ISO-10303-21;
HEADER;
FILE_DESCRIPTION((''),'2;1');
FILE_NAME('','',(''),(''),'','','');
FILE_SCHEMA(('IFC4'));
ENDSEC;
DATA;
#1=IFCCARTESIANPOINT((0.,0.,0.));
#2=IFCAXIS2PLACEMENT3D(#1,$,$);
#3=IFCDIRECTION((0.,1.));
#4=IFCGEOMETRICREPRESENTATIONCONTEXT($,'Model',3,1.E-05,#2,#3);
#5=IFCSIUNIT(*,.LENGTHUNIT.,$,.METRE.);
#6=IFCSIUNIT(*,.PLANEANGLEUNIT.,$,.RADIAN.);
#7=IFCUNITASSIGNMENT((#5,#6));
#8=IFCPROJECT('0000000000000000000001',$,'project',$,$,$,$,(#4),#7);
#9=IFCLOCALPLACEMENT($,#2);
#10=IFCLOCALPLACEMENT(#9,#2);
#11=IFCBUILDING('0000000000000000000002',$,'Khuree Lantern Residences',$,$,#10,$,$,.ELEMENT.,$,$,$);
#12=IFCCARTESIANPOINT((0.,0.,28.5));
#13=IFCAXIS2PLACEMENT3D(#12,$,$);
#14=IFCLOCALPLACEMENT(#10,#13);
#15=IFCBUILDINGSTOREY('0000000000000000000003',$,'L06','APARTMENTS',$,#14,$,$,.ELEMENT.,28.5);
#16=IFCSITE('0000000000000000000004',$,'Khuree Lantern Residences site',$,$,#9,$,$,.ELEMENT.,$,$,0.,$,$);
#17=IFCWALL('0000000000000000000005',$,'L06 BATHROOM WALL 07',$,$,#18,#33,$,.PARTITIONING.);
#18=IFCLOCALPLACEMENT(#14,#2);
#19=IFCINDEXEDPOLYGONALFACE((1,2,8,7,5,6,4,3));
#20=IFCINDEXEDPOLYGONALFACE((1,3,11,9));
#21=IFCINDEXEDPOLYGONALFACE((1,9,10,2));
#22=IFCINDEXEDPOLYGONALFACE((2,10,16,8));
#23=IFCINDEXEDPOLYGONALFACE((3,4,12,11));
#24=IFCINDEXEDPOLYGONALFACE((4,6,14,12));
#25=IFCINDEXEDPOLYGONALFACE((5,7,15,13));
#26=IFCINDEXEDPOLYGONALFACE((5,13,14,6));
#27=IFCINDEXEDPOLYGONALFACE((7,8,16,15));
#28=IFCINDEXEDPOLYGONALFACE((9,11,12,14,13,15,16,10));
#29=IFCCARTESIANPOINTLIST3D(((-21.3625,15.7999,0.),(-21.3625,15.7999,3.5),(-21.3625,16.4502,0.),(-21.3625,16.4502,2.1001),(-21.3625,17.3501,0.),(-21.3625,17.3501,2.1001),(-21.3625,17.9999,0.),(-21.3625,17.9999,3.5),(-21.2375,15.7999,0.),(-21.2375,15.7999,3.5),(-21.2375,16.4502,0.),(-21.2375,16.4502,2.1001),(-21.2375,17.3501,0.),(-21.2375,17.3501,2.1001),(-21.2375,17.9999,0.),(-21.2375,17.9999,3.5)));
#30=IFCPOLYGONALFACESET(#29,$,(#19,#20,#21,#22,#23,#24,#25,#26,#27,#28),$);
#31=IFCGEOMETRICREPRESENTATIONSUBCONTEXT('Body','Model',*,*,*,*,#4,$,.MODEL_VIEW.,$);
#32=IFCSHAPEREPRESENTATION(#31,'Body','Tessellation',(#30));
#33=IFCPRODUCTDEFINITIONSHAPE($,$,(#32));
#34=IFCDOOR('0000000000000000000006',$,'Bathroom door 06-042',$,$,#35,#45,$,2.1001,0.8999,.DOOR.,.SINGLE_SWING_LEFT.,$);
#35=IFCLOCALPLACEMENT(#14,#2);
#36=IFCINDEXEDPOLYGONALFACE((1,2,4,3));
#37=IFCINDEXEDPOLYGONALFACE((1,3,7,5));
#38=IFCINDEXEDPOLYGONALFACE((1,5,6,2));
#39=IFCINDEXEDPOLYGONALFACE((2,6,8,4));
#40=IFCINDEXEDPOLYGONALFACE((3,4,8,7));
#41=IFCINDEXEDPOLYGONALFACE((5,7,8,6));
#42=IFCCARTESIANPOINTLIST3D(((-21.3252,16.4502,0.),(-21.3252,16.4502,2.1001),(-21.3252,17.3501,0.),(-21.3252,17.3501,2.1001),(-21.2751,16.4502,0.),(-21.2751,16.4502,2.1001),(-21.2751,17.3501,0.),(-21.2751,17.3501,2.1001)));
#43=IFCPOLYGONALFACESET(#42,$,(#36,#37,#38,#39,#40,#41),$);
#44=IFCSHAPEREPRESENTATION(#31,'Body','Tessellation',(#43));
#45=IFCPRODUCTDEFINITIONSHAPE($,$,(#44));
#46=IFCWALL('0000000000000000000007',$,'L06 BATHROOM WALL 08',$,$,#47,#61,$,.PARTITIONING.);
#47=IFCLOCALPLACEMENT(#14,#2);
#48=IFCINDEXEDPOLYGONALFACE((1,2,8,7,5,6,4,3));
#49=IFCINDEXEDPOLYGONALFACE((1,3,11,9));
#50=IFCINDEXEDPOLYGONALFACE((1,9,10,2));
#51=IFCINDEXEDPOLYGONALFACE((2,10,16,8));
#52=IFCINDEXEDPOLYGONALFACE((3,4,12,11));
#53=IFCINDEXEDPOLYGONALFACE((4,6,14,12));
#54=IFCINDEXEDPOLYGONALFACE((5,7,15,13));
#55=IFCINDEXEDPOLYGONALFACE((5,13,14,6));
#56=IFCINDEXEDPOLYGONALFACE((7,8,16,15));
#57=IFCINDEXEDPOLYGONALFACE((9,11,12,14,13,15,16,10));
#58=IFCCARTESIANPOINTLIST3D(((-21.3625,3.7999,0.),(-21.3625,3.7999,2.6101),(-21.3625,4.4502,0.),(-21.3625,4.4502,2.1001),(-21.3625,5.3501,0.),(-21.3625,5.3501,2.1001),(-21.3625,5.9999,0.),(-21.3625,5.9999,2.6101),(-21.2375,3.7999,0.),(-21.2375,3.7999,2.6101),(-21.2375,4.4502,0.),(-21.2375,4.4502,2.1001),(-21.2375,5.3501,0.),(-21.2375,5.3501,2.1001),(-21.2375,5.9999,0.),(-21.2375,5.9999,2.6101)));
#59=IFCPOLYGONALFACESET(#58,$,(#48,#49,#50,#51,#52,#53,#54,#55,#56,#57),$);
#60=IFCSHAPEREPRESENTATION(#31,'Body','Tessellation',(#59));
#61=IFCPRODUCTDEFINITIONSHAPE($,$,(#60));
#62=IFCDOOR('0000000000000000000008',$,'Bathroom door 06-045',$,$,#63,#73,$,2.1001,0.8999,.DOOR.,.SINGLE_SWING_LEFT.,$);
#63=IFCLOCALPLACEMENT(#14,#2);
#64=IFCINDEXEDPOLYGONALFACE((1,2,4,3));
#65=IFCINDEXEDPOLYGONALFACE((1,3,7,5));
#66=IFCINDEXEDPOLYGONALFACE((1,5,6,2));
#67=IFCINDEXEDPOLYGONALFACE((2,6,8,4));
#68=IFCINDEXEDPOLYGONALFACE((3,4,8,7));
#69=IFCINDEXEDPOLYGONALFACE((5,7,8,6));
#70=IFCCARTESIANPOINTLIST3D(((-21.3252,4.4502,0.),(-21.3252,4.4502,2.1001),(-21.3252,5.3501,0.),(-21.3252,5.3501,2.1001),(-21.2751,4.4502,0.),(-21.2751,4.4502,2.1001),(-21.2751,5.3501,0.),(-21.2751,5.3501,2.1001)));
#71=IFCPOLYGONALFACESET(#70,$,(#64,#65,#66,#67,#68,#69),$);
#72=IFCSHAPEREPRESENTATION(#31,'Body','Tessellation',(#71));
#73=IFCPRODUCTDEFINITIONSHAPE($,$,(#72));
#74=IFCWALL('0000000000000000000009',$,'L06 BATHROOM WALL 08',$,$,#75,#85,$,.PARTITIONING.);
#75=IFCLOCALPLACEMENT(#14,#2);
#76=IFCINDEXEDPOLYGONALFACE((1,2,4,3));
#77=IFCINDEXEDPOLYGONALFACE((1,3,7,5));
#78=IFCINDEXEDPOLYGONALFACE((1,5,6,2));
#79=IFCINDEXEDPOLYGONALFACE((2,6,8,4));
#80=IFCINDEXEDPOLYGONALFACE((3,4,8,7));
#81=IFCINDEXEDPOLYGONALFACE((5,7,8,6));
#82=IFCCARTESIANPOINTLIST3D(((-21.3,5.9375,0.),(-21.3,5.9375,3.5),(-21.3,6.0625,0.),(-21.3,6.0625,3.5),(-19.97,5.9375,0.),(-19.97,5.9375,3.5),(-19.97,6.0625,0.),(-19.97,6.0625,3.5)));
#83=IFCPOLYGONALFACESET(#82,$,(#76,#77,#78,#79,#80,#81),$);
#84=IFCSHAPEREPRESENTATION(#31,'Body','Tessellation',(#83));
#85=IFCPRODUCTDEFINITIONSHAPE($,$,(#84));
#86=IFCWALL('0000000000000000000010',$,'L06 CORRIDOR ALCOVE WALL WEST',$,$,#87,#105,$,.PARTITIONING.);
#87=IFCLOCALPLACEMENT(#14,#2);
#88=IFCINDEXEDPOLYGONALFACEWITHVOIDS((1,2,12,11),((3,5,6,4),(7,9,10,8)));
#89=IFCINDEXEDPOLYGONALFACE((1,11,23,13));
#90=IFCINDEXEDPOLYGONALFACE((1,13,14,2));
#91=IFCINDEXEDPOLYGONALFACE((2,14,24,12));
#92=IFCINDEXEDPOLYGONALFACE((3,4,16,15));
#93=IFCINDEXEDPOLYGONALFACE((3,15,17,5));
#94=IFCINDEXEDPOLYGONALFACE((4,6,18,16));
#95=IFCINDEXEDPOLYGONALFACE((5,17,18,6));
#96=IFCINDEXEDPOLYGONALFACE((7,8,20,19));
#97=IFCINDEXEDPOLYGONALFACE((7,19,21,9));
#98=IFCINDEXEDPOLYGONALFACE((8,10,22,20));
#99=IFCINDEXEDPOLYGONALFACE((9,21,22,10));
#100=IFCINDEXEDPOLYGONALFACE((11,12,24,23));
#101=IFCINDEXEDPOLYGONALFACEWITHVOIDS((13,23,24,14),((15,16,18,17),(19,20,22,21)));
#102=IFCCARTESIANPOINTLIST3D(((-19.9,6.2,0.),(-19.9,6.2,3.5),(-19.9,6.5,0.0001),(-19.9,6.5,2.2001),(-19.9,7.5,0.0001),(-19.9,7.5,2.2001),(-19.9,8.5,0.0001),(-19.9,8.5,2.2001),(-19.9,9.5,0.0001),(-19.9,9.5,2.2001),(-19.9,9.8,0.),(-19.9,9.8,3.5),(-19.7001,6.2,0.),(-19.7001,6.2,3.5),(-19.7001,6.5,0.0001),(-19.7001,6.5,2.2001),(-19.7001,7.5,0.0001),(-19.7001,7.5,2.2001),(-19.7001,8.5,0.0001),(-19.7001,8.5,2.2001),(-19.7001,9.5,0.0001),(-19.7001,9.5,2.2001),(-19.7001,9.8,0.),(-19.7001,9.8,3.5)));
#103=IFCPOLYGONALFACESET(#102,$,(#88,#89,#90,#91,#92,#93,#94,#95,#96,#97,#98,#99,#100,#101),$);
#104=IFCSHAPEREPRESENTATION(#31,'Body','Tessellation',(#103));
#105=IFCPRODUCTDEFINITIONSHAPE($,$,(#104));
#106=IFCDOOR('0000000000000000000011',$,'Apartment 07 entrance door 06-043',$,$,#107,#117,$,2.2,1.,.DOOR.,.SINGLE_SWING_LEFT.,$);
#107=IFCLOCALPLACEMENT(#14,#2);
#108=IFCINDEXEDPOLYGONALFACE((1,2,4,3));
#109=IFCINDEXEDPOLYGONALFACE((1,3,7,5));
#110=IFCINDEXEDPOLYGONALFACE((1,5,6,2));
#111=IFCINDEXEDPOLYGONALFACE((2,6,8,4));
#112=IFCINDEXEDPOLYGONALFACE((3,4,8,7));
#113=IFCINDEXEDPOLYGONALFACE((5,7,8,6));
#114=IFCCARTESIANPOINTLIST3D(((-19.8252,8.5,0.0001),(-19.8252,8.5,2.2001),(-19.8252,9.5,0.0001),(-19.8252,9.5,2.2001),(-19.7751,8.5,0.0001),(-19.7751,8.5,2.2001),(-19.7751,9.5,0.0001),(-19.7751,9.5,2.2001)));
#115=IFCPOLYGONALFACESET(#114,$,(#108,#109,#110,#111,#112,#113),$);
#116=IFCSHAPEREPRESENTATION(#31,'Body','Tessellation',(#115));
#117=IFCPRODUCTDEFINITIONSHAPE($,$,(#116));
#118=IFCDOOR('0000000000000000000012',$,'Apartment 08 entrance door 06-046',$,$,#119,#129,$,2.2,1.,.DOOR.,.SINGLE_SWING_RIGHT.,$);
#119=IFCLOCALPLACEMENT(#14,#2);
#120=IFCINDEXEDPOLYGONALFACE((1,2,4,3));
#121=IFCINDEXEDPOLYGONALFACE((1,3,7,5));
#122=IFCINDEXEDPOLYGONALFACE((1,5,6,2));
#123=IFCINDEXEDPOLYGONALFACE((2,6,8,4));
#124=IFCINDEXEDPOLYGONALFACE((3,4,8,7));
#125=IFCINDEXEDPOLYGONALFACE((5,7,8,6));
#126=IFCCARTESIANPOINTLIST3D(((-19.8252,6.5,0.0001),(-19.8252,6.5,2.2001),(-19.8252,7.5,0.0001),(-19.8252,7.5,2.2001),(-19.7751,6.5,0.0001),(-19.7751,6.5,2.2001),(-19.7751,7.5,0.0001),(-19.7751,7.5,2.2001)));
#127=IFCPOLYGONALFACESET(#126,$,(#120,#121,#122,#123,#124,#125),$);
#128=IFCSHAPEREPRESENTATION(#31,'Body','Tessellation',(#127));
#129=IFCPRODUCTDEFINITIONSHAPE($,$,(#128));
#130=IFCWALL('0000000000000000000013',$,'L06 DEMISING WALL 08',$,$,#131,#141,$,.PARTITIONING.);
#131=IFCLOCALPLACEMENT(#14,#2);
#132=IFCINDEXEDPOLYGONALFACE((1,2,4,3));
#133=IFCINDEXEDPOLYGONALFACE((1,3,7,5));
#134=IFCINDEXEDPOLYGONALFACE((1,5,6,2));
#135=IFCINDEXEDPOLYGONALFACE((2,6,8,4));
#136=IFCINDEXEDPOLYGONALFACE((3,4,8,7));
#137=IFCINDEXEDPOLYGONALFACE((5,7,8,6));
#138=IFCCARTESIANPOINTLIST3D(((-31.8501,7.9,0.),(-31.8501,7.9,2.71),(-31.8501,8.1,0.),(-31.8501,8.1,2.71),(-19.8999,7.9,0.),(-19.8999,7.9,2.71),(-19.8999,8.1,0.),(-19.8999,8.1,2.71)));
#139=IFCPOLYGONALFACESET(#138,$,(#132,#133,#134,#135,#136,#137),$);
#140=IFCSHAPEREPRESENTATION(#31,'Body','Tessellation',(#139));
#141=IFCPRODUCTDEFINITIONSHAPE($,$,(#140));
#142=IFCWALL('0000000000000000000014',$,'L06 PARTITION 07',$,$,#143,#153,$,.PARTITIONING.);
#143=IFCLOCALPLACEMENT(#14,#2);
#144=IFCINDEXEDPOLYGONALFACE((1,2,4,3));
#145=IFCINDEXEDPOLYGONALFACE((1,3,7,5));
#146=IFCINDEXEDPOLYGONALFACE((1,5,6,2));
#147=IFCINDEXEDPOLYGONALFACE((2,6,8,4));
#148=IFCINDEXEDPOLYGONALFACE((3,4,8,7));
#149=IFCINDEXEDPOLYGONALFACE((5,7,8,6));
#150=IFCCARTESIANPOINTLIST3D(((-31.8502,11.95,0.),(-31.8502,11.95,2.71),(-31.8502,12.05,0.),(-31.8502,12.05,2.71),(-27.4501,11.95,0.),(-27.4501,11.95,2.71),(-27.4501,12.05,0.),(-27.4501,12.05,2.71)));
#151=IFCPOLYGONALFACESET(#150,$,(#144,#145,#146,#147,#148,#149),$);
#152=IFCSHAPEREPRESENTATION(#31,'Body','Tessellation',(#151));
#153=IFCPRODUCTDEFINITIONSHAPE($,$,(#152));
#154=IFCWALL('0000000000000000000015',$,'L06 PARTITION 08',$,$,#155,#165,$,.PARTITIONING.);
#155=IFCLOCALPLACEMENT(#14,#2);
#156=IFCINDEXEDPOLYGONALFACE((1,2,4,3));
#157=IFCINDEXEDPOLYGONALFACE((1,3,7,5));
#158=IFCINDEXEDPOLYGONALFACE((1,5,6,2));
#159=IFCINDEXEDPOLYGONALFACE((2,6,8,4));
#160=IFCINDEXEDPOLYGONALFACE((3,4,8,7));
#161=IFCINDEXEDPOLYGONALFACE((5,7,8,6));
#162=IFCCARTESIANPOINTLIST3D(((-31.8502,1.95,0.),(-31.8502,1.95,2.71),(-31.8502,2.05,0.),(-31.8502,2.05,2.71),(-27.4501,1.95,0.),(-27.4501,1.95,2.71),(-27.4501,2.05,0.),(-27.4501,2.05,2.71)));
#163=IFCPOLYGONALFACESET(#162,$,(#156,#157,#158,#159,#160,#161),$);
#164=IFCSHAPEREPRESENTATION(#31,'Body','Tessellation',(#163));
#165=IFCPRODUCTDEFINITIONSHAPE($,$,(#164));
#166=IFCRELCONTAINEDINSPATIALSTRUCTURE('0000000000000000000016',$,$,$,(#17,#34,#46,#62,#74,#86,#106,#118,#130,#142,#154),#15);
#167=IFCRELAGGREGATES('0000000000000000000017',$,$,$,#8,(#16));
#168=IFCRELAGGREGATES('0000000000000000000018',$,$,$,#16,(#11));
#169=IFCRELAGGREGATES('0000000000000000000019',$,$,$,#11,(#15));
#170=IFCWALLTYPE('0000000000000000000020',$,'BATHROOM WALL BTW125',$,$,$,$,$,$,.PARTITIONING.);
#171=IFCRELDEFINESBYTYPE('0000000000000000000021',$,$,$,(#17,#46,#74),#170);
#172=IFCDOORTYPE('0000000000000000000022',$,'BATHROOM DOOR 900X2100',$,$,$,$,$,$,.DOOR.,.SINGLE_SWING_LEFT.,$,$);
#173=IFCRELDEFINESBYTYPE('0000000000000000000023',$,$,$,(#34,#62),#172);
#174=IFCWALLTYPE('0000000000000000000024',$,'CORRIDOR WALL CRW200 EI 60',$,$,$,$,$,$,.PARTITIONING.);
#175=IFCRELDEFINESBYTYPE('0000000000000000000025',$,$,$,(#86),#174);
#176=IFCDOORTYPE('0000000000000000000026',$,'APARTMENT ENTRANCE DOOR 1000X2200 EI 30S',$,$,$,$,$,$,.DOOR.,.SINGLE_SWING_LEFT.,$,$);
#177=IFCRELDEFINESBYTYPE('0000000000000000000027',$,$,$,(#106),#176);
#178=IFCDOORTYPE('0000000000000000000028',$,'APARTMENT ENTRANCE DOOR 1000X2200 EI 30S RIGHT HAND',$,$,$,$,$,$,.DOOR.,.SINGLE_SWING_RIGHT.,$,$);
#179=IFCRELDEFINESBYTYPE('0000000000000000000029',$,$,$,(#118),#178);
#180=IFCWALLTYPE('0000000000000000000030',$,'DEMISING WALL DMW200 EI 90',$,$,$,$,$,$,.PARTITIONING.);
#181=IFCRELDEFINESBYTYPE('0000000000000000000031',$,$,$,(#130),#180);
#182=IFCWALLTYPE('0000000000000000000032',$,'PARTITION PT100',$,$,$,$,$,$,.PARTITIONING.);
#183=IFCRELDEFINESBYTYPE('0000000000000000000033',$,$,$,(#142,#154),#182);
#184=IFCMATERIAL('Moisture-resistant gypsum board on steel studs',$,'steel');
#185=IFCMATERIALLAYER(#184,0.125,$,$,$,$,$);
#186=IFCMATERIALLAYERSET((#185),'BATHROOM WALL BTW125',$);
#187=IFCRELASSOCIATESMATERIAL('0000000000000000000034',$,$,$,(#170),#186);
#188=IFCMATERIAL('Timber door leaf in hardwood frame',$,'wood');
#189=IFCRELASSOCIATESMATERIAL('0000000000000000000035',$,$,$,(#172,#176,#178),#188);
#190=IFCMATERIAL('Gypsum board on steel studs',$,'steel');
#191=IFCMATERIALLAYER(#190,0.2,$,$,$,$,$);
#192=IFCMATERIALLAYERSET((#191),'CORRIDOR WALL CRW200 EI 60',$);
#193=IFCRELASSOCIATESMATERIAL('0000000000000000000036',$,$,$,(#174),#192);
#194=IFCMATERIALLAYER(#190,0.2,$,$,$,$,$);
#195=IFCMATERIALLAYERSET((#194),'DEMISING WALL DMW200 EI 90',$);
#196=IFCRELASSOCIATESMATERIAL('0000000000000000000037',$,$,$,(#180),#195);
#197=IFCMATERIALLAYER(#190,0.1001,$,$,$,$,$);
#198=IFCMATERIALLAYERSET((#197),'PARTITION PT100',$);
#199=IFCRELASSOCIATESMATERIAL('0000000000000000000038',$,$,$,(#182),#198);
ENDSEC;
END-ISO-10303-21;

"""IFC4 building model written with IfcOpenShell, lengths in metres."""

from ifc_helpers import new_model, si_unit, direction, frame, frame_2d, origin, place, context, subcontext, project, spatial, rectangle, extrude, material, layer, layer_set, type_object, element, fill, save


model = new_model("IFC4")

# Units and contexts
model_context = context("Model", 3, precision=1e-05, world=origin(), true_north=direction((0.0, 1.0)))
body_context = subcontext(model_context, "Body", "Model", "MODEL_VIEW")
ifc_project = project(units=[si_unit("LENGTHUNIT", "METRE"), si_unit("PLANEANGLEUNIT", "RADIAN")], contexts=[model_context])

# Site, building, storey
site_placement = place(None, origin())
site = spatial("IfcSite", under=ifc_project, at=site_placement, Name="Khuree Lantern Residences site", CompositionType="ELEMENT", RefElevation=0.0)
building_placement = place(site_placement, origin())
building = spatial("IfcBuilding", under=site, at=building_placement, Name="Khuree Lantern Residences", CompositionType="ELEMENT")
storey_placement = place(building_placement, frame((0.0, 0.0, 28.5)))
storey = spatial("IfcBuildingStorey", under=building, at=storey_placement, Name="L06", Description="APARTMENTS", CompositionType="ELEMENT", Elevation=28.5)

# Walls, openings, doors
ifc_material_1 = material(Name="Moisture-resistant gypsum board on steel studs", Category="steel")
ifc_layer_1 = layer(ifc_material_1, 0.125)
ifc_layer_set_1 = layer_set([ifc_layer_1], Name="BATHROOM WALL BTW125")
wall_type_1 = type_object("IfcWallType", Name="BATHROOM WALL BTW125", PredefinedType="PARTITIONING", material=ifc_layer_set_1)
wall_1_placement = place(storey_placement, frame((-21.3, 18.0, 0.0), z_axis=(0.0, 0.0, 1.0), x_axis=(0.0, -1.0, 0.0)))
wall_1 = element("IfcWall", 1, at=wall_1_placement, inside=storey, type_object=wall_type_1, Name="L06 BATHROOM WALL 07", PredefinedType="PARTITIONING", context=body_context, shape_type="SweptSolid", body=[
    extrude(rectangle(XDim=2.2, YDim=0.125, at=frame_2d((1.1001, 0.0))), origin(), (0.0, 0.0, 1.0), 3.5),
])
opening_1_placement = place(wall_1_placement, frame((0.6499, 0.0, 0.0)))
opening_1 = element("IfcOpeningElement", 2, at=opening_1_placement, cuts=wall_1, PredefinedType="OPENING", context=body_context, shape_type="SweptSolid", body=[
    extrude(rectangle(XDim=0.8999, YDim=2.1001, at=frame_2d((0.45, 1.05))), frame((0.0, 0.0725, 0.0), z_axis=(0.0, -1.0, 0.0), x_axis=(1.0, 0.0, 0.0)), (0.0, 0.0, 1.0), 0.145),
])
ifc_material_2 = material(Name="Timber door leaf in hardwood frame", Category="wood")
door_type_1 = type_object("IfcDoorType", Name="BATHROOM DOOR 900X2100", OperationType="SINGLE_SWING_LEFT", PredefinedType="DOOR", material=ifc_material_2)
door_1_placement = place(opening_1_placement, origin())
door_1 = element("IfcDoor", 3, at=door_1_placement, inside=storey, type_object=door_type_1, Name="Bathroom door 06-042", OperationType="SINGLE_SWING_LEFT", OverallHeight=2.1001, OverallWidth=0.8999, PredefinedType="DOOR", context=body_context, shape_type="SweptSolid", body=[
    extrude(rectangle(XDim=0.8999, YDim=2.1001, at=frame_2d((0.45, 1.05))), frame((0.0, 0.0249, 0.0), z_axis=(0.0, -1.0, 0.0), x_axis=(1.0, 0.0, 0.0)), (0.0, 0.0, 1.0), 0.05),
])
fill(opening_1, door_1)
wall_2_placement = place(storey_placement, frame((-21.3, 6.0, 0.0), z_axis=(0.0, 0.0, 1.0), x_axis=(0.0, -1.0, 0.0)))
wall_2 = element("IfcWall", 4, at=wall_2_placement, inside=storey, type_object=wall_type_1, Name="L06 BATHROOM WALL 08", PredefinedType="PARTITIONING", context=body_context, shape_type="SweptSolid", body=[
    extrude(rectangle(XDim=2.2, YDim=0.125, at=frame_2d((1.1001, 0.0))), origin(), (0.0, 0.0, 1.0), 2.6101),
])
opening_2_placement = place(wall_2_placement, frame((0.6499, 0.0, 0.0)))
opening_2 = element("IfcOpeningElement", 5, at=opening_2_placement, cuts=wall_2, PredefinedType="OPENING", context=body_context, shape_type="SweptSolid", body=[
    extrude(rectangle(XDim=0.8999, YDim=2.1001, at=frame_2d((0.45, 1.05))), frame((0.0, 0.0725, 0.0), z_axis=(0.0, -1.0, 0.0), x_axis=(1.0, 0.0, 0.0)), (0.0, 0.0, 1.0), 0.145),
])
door_2_placement = place(opening_2_placement, origin())
door_2 = element("IfcDoor", 6, at=door_2_placement, inside=storey, type_object=door_type_1, Name="Bathroom door 06-045", OperationType="SINGLE_SWING_LEFT", OverallHeight=2.1001, OverallWidth=0.8999, PredefinedType="DOOR", context=body_context, shape_type="SweptSolid", body=[
    extrude(rectangle(XDim=0.8999, YDim=2.1001, at=frame_2d((0.45, 1.05))), frame((0.0, 0.0249, 0.0), z_axis=(0.0, -1.0, 0.0), x_axis=(1.0, 0.0, 0.0)), (0.0, 0.0, 1.0), 0.05),
])
fill(opening_2, door_2)

# Wall
wall_3_placement = place(storey_placement, frame((-19.97, 6.0, 0.0), z_axis=(0.0, 0.0, 1.0), x_axis=(-1.0, 0.0, 0.0)))
element("IfcWall", 7, at=wall_3_placement, inside=storey, type_object=wall_type_1, Name="L06 BATHROOM WALL 08", PredefinedType="PARTITIONING", context=body_context, shape_type="SweptSolid", body=[
    extrude(rectangle(XDim=1.3301, YDim=0.125, at=frame_2d((0.665, 0.0))), origin(), (0.0, 0.0, 1.0), 3.5),
])

# Wall, openings, doors
ifc_material_3 = material(Name="Gypsum board on steel studs", Category="steel")
ifc_layer_2 = layer(ifc_material_3, 0.2)
ifc_layer_set_2 = layer_set([ifc_layer_2], Name="CORRIDOR WALL CRW200 EI 60")
wall_type_2 = type_object("IfcWallType", Name="CORRIDOR WALL CRW200 EI 60", PredefinedType="PARTITIONING", material=ifc_layer_set_2)
wall_4_placement = place(storey_placement, frame((-19.8, 9.8, 0.0), z_axis=(0.0, 0.0, 1.0), x_axis=(0.0, -1.0, 0.0)))
wall_4 = element("IfcWall", 8, at=wall_4_placement, inside=storey, type_object=wall_type_2, Name="L06 CORRIDOR ALCOVE WALL WEST", PredefinedType="PARTITIONING", context=body_context, shape_type="SweptSolid", body=[
    extrude(rectangle(XDim=3.6001, YDim=0.2, at=frame_2d((1.8, 0.0))), origin(), (0.0, 0.0, 1.0), 3.5),
])
opening_3_placement = place(wall_4_placement, frame((0.3, 0.0, 0.0)))
opening_3 = element("IfcOpeningElement", 9, at=opening_3_placement, cuts=wall_4, PredefinedType="OPENING", context=body_context, shape_type="SweptSolid", body=[
    extrude(rectangle(XDim=1.0, YDim=2.2, at=frame_2d((0.5, 1.1001))), frame((0.0, 0.1099, 0.0), z_axis=(0.0, -1.0, 0.0), x_axis=(1.0, 0.0, 0.0)), (0.0, 0.0, 1.0), 0.22),
])
opening_4_placement = place(wall_4_placement, frame((2.3, 0.0, 0.0)))
opening_4 = element("IfcOpeningElement", 10, at=opening_4_placement, cuts=wall_4, PredefinedType="OPENING", context=body_context, shape_type="SweptSolid", body=[
    extrude(rectangle(XDim=1.0, YDim=2.2, at=frame_2d((0.5, 1.1001))), frame((0.0, 0.1099, 0.0), z_axis=(0.0, -1.0, 0.0), x_axis=(1.0, 0.0, 0.0)), (0.0, 0.0, 1.0), 0.22),
])
door_type_2 = type_object("IfcDoorType", Name="APARTMENT ENTRANCE DOOR 1000X2200 EI 30S", OperationType="SINGLE_SWING_LEFT", PredefinedType="DOOR", material=ifc_material_2)
door_3_placement = place(opening_3_placement, origin())
door_3 = element("IfcDoor", 11, at=door_3_placement, inside=storey, type_object=door_type_2, Name="Apartment 07 entrance door 06-043", OperationType="SINGLE_SWING_LEFT", OverallHeight=2.2, OverallWidth=1.0, PredefinedType="DOOR", context=body_context, shape_type="SweptSolid", body=[
    extrude(rectangle(XDim=1.0, YDim=2.2, at=frame_2d((0.5, 1.1001))), frame((0.0, 0.0249, 0.0), z_axis=(0.0, -1.0, 0.0), x_axis=(1.0, 0.0, 0.0)), (0.0, 0.0, 1.0), 0.05),
])
fill(opening_3, door_3)
door_type_3 = type_object("IfcDoorType", Name="APARTMENT ENTRANCE DOOR 1000X2200 EI 30S RIGHT HAND", OperationType="SINGLE_SWING_RIGHT", PredefinedType="DOOR", material=ifc_material_2)
door_4_placement = place(opening_4_placement, origin())
door_4 = element("IfcDoor", 12, at=door_4_placement, inside=storey, type_object=door_type_3, Name="Apartment 08 entrance door 06-046", OperationType="SINGLE_SWING_RIGHT", OverallHeight=2.2, OverallWidth=1.0, PredefinedType="DOOR", context=body_context, shape_type="SweptSolid", body=[
    extrude(rectangle(XDim=1.0, YDim=2.2, at=frame_2d((0.5, 1.1001))), frame((0.0, 0.0249, 0.0), z_axis=(0.0, -1.0, 0.0), x_axis=(1.0, 0.0, 0.0)), (0.0, 0.0, 1.0), 0.05),
])
fill(opening_4, door_4)

# Walls
ifc_layer_3 = layer(ifc_material_3, 0.2)
ifc_layer_set_3 = layer_set([ifc_layer_3], Name="DEMISING WALL DMW200 EI 90")
wall_type_3 = type_object("IfcWallType", Name="DEMISING WALL DMW200 EI 90", PredefinedType="PARTITIONING", material=ifc_layer_set_3)
wall_5_placement = place(storey_placement, frame((-19.8999, 8.0, 0.0), z_axis=(0.0, 0.0, 1.0), x_axis=(-1.0, 0.0, 0.0)))
element("IfcWall", 13, at=wall_5_placement, inside=storey, type_object=wall_type_3, Name="L06 DEMISING WALL 08", PredefinedType="PARTITIONING", context=body_context, shape_type="SweptSolid", body=[
    extrude(rectangle(XDim=11.9502, YDim=0.2, at=frame_2d((5.9751, 0.0))), origin(), (0.0, 0.0, 1.0), 2.71),
])
ifc_layer_4 = layer(ifc_material_3, 0.1001)
ifc_layer_set_4 = layer_set([ifc_layer_4], Name="PARTITION PT100")
wall_type_4 = type_object("IfcWallType", Name="PARTITION PT100", PredefinedType="PARTITIONING", material=ifc_layer_set_4)
for number, where, z_axis, x_axis, name in (
    (14, (-27.45, 12.0, 0.0), (0.0, 0.0, 1.0), (-1.0, 0.0, 0.0), "L06 PARTITION 07"),
    (15, (-27.45, 2.0, 0.0), (0.0, 0.0, 1.0), (-1.0, 0.0, 0.0), "L06 PARTITION 08"),
):
    element("IfcWall", number, at=place(storey_placement, frame(where, z_axis=z_axis, x_axis=x_axis)), inside=storey, type_object=wall_type_4, Name=name, PredefinedType="PARTITIONING", context=body_context, shape_type="SweptSolid", body=[
        extrude(rectangle(XDim=4.4001, YDim=0.1001, at=frame_2d((2.2002, 0.0))), origin(), (0.0, 0.0, 1.0), 2.71),
    ])

save(model, "model.ifc")
